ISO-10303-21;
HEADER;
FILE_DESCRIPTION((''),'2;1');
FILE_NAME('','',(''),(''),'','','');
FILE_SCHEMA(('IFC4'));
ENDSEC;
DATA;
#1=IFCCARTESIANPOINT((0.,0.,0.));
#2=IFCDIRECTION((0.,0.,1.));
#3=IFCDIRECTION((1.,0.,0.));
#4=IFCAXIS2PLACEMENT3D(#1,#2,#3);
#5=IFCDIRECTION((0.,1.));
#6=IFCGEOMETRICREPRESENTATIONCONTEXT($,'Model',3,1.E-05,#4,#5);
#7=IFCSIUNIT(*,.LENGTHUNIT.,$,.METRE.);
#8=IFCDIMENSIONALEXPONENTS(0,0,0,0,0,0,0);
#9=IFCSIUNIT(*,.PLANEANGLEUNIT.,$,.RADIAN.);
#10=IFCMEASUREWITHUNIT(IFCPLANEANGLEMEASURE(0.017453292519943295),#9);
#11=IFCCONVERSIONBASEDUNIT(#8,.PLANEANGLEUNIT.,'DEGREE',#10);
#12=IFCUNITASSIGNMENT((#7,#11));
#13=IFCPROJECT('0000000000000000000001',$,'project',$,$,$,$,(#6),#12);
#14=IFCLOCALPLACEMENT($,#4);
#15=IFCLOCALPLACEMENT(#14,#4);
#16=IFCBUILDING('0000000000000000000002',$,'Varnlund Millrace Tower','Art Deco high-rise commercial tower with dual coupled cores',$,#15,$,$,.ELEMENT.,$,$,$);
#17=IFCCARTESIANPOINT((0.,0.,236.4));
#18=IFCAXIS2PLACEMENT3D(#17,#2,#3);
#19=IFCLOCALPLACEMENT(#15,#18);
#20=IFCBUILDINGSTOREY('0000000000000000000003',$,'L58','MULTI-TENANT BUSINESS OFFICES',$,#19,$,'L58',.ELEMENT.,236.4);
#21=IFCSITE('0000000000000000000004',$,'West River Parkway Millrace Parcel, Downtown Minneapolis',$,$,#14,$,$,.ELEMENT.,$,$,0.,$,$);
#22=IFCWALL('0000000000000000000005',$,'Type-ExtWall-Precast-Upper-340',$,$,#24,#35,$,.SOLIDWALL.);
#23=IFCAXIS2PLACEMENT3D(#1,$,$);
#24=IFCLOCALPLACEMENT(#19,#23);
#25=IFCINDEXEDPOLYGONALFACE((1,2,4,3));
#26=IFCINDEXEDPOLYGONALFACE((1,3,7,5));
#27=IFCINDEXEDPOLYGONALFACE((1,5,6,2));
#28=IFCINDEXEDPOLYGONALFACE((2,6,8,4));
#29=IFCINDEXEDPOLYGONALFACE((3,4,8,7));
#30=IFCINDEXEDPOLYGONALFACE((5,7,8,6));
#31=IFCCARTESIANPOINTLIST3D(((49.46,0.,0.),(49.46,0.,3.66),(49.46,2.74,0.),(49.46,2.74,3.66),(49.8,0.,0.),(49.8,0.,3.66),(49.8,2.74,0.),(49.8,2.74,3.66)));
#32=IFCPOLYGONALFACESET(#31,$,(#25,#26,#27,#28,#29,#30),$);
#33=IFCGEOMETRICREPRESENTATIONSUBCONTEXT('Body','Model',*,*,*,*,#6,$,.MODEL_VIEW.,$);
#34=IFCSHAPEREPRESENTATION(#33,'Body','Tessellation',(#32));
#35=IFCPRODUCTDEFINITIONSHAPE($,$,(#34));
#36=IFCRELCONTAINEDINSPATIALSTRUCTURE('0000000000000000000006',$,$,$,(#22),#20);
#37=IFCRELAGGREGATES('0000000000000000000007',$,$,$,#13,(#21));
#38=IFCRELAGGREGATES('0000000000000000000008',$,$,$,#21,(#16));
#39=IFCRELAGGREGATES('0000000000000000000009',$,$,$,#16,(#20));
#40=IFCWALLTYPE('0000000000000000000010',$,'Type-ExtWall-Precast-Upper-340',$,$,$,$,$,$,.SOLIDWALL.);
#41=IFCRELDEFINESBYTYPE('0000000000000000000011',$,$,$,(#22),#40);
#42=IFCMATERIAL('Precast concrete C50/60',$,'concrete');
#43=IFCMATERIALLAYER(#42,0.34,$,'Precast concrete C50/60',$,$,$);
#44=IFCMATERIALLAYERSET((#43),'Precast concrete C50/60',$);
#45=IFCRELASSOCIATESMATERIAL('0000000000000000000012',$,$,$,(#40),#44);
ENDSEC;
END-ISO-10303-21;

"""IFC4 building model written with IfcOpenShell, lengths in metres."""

from ifc_helpers import new_model, entity, si_unit, converted_unit, direction, frame, origin_with_axes, place, context, subcontext, project, spatial, polyline, outline, extrude, material, layer, layer_set, type_object, element, save


model = new_model("IFC4")

# Units and contexts
model_context = context("Model", 3, precision=1e-05, world=origin_with_axes(), true_north=direction((0.0, 1.0)))
body_context = subcontext(model_context, "Body", "Model", "MODEL_VIEW")
ifc_project = project(units=[si_unit("LENGTHUNIT", "METRE"), converted_unit("PLANEANGLEUNIT", "DEGREE", entity("IfcPlaneAngleMeasure", 0.017453292519943295), si_unit("PLANEANGLEUNIT", "RADIAN"), dimensions=[0, 0, 0, 0, 0, 0, 0])], contexts=[model_context])

# Site, building, storey
site_placement = place(None, origin_with_axes())
site = spatial("IfcSite", under=ifc_project, at=site_placement, Name="West River Parkway Millrace Parcel, Downtown Minneapolis", CompositionType="ELEMENT", RefElevation=0.0)
building_placement = place(site_placement, origin_with_axes())
building = spatial("IfcBuilding", under=site, at=building_placement, Name="Varnlund Millrace Tower", Description="Art Deco high-rise commercial tower with dual coupled cores", CompositionType="ELEMENT")
storey_placement = place(building_placement, frame((0.0, 0.0, 236.4), z_axis=(0.0, 0.0, 1.0), x_axis=(1.0, 0.0, 0.0)))
storey = spatial("IfcBuildingStorey", under=building, at=storey_placement, Name="L58", Description="MULTI-TENANT BUSINESS OFFICES", LongName="L58", CompositionType="ELEMENT", Elevation=236.4)

# Wall
ifc_material_1 = material(Name="Precast concrete C50/60", Category="concrete")
ifc_layer_1 = layer(ifc_material_1, 0.34, Name="Precast concrete C50/60")
ifc_layer_set_1 = layer_set([ifc_layer_1], Name="Precast concrete C50/60")
wall_type_1 = type_object("IfcWallType", Name="Type-ExtWall-Precast-Upper-340", PredefinedType="SOLIDWALL", material=ifc_layer_set_1)
wall_1_placement = place(storey_placement, frame((49.63, 2.74, 0.0), z_axis=(0.0, 0.0, 1.0), x_axis=(0.0, -1.0, 0.0)))
element("IfcWall", 1, at=wall_1_placement, inside=storey, type_object=wall_type_1, Name="Type-ExtWall-Precast-Upper-340", PredefinedType="SOLIDWALL", context=body_context, shape_type="SweptSolid", body=[
    extrude(outline(polyline([(0.0, -0.17), (2.74, -0.17), (2.74, 0.17), (0.0, 0.17), (0.0, -0.17)])), origin_with_axes(), (0.0, 0.0, 1.0), 3.66),
])

save(model, "model.ifc")
